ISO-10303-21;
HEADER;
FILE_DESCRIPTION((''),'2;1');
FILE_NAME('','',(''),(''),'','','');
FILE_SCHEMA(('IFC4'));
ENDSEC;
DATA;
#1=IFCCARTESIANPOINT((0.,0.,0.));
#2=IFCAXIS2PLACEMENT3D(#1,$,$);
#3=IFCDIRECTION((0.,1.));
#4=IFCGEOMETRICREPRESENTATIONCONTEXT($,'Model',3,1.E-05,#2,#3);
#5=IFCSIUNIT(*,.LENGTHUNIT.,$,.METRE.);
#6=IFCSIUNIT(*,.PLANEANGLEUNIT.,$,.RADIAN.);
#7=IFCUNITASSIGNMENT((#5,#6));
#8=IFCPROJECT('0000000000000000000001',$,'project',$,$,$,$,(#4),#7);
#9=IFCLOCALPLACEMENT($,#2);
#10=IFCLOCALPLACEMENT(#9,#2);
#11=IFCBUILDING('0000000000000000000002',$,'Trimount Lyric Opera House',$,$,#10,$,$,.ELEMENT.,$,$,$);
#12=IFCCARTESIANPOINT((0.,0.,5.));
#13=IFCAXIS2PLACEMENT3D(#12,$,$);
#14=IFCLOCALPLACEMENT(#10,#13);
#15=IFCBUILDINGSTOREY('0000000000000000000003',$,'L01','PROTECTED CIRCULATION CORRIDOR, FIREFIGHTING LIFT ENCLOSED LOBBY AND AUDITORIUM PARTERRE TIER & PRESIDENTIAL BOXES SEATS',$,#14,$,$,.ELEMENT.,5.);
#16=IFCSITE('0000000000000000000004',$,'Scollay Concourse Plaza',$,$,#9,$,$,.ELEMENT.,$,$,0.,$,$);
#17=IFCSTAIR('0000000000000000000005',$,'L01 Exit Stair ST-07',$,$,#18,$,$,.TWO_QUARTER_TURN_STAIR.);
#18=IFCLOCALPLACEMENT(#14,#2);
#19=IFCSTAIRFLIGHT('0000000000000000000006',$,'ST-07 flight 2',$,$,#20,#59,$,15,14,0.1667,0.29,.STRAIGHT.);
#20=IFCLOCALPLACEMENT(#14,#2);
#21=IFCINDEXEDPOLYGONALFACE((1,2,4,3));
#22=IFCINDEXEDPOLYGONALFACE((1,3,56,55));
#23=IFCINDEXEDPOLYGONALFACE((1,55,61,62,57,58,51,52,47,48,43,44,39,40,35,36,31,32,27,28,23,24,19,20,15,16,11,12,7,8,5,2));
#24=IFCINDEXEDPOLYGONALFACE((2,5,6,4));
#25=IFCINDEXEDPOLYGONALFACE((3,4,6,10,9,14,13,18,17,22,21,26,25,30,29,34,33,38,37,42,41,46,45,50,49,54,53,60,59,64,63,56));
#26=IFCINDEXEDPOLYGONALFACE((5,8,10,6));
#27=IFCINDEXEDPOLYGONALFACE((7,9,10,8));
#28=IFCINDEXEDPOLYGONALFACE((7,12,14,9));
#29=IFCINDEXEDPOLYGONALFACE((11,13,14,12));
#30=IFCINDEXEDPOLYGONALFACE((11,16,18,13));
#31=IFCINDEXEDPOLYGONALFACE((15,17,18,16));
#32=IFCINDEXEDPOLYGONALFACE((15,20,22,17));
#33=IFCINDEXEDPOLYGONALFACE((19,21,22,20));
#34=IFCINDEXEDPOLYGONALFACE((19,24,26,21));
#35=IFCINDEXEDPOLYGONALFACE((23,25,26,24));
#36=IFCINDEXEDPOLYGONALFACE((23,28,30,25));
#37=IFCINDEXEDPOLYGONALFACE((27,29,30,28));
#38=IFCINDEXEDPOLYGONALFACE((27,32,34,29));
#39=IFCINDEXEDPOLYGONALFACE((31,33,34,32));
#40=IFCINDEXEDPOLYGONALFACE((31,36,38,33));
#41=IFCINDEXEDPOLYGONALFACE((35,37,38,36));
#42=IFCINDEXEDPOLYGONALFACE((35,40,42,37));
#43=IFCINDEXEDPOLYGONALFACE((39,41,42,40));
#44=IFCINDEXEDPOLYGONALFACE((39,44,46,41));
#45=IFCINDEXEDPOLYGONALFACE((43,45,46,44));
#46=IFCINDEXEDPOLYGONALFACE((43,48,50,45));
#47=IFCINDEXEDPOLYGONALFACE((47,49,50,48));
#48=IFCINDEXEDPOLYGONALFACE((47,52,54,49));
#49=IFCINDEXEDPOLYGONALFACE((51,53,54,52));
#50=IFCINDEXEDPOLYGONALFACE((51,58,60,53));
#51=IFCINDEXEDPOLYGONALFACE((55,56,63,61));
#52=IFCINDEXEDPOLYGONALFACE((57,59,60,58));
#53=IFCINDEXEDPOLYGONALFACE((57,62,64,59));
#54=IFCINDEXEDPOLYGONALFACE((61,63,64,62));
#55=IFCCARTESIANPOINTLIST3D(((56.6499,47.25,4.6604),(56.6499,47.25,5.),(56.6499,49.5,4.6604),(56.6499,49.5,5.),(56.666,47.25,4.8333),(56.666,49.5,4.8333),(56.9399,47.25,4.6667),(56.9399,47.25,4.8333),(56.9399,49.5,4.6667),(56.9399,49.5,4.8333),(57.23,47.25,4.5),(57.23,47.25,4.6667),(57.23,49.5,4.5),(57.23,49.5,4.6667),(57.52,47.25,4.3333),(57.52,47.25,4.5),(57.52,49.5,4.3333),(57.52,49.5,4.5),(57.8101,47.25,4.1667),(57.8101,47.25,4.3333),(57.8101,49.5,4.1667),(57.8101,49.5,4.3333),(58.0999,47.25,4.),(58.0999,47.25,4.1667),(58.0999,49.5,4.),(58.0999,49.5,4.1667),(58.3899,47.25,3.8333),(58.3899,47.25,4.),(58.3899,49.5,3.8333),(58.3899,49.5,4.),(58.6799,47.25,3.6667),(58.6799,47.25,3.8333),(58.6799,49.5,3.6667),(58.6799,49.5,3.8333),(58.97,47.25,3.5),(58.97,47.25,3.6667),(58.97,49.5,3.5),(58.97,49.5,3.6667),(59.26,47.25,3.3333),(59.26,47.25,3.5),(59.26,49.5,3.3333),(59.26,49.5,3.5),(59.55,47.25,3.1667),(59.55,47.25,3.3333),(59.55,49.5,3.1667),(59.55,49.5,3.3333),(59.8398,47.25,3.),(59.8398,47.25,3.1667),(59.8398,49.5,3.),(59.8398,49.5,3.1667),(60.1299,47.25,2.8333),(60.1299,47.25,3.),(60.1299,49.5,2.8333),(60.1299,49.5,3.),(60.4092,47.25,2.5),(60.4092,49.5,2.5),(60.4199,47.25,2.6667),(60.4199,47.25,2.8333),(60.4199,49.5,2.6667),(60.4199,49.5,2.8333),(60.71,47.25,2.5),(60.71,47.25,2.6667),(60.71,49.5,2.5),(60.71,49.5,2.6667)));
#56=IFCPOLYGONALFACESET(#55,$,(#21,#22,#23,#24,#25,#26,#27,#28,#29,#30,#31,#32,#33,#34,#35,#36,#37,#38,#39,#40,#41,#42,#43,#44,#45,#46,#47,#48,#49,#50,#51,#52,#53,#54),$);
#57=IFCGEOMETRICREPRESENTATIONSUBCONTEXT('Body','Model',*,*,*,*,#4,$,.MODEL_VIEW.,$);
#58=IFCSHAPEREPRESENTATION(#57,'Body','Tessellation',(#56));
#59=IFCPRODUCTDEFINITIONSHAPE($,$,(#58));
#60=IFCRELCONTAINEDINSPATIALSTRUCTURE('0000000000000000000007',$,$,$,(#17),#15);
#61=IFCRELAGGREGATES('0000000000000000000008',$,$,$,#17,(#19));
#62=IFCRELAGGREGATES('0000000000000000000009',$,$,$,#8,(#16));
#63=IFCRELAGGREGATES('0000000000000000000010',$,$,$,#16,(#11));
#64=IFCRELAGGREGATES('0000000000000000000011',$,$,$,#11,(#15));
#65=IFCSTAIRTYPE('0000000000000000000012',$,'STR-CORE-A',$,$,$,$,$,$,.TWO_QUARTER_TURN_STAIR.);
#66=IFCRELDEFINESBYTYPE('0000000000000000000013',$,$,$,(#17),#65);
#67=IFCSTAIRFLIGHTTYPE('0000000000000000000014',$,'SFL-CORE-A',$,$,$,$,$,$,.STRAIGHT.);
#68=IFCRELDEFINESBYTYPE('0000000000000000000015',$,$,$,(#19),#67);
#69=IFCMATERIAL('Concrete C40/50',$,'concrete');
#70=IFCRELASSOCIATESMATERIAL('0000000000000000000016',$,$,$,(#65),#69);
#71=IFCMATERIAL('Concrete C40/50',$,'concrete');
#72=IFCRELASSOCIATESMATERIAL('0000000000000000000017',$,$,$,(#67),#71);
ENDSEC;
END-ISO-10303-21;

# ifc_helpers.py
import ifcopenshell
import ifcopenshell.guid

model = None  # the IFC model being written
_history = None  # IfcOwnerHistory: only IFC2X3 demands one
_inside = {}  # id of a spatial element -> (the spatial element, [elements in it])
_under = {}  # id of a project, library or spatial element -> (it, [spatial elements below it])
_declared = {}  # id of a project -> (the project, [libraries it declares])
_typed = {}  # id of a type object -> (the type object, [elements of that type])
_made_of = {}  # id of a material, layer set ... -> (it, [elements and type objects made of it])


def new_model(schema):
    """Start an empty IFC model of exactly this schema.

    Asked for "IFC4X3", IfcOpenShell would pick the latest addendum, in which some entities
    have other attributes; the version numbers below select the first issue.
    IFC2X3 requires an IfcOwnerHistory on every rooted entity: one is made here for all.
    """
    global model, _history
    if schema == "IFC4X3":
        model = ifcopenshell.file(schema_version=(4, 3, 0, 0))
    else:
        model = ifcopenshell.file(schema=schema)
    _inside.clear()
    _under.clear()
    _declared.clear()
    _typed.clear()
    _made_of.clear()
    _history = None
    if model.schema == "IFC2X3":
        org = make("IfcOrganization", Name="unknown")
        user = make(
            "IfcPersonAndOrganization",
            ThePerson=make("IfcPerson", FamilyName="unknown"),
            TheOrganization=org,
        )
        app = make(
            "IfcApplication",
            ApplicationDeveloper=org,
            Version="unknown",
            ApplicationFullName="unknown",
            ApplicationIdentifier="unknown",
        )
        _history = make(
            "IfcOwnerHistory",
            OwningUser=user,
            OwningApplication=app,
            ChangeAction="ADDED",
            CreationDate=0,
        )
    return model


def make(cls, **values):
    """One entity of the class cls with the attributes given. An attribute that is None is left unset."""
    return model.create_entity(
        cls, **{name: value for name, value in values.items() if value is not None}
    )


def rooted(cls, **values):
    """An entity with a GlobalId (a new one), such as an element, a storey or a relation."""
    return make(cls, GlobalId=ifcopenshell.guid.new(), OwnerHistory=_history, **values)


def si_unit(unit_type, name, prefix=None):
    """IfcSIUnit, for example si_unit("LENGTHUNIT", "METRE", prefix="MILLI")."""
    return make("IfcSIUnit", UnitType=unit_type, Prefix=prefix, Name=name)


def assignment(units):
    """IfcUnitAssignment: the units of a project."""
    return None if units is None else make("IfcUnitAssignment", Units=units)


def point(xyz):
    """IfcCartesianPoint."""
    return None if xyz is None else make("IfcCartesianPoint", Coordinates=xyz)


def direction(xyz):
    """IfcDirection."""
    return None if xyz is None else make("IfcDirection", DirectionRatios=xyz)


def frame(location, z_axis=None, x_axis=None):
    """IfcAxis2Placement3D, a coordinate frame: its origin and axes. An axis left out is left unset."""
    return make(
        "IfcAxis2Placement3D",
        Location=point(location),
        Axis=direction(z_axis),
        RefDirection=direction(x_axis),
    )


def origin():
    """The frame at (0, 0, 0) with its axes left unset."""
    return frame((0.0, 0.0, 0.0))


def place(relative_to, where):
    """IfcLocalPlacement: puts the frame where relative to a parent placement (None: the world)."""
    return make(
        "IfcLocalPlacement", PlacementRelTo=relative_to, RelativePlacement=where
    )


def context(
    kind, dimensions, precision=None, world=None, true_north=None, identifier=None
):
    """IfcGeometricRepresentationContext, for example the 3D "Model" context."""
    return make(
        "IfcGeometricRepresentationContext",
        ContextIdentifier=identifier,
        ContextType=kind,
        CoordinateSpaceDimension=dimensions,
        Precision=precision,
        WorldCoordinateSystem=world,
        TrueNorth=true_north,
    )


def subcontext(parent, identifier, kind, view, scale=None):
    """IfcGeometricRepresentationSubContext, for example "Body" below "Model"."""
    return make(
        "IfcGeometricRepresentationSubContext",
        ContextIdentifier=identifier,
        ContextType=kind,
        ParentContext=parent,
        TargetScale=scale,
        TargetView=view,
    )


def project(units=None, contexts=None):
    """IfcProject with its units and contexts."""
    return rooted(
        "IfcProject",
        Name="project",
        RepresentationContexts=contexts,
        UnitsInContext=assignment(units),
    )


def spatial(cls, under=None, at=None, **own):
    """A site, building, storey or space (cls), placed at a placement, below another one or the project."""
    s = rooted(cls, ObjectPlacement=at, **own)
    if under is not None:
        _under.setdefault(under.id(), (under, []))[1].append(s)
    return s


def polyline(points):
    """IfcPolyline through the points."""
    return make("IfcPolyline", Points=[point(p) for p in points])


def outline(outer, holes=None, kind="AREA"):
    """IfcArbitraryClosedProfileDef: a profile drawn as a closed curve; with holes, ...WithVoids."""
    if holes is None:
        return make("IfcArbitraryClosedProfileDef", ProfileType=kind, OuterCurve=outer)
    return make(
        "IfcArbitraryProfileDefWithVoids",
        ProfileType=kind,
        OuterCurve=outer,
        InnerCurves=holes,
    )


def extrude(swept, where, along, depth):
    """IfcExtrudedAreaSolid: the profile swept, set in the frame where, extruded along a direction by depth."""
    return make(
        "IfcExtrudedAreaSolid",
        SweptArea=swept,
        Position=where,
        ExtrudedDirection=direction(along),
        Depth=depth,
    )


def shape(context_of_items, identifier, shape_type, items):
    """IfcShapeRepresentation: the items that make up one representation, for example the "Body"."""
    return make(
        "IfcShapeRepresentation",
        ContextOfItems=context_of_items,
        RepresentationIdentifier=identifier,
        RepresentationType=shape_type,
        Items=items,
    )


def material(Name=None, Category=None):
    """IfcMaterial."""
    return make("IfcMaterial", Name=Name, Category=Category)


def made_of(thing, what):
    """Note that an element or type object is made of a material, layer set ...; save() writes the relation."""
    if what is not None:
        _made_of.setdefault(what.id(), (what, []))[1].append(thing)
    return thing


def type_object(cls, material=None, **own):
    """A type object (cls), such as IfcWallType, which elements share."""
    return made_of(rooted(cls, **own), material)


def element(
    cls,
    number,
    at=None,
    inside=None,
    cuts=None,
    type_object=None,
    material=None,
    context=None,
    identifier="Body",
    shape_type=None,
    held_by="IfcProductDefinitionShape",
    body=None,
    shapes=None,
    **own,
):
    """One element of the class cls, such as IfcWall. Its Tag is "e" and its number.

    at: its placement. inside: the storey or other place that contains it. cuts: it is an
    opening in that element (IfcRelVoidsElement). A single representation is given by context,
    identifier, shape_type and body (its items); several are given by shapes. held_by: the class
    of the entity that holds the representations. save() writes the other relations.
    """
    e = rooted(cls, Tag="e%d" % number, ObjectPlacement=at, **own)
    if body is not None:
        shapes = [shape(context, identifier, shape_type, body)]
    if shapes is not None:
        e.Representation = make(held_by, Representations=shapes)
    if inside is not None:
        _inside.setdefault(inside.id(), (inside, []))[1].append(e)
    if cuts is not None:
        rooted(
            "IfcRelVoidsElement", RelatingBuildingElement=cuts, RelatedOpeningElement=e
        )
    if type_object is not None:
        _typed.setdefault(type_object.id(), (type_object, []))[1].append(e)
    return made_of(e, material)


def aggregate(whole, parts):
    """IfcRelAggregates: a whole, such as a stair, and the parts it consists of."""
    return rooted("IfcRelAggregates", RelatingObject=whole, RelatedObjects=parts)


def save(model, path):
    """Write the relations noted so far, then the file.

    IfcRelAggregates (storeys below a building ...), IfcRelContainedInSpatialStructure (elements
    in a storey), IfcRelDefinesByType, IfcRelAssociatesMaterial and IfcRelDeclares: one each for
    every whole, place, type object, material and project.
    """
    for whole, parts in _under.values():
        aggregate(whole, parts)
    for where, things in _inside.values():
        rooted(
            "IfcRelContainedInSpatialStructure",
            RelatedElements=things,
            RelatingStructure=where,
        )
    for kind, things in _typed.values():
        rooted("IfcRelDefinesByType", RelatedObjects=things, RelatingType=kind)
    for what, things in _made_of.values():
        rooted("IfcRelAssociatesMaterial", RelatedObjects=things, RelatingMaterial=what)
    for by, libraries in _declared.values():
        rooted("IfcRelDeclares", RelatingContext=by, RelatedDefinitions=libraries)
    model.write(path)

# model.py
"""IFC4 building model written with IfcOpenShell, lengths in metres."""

from ifc_helpers import new_model, si_unit, direction, frame, origin, place, context, subcontext, project, spatial, polyline, outline, extrude, material, type_object, element, aggregate, save


model = new_model("IFC4")

# Units and contexts
model_context = context("Model", 3, precision=1e-05, world=origin(), true_north=direction((0.0, 1.0)))
body_context = subcontext(model_context, "Body", "Model", "MODEL_VIEW")
ifc_project = project(units=[si_unit("LENGTHUNIT", "METRE"), si_unit("PLANEANGLEUNIT", "RADIAN")], contexts=[model_context])

# Site, building, storey
site_placement = place(None, origin())
site = spatial("IfcSite", under=ifc_project, at=site_placement, Name="Scollay Concourse Plaza", CompositionType="ELEMENT", RefElevation=0.0)
building_placement = place(site_placement, origin())
building = spatial("IfcBuilding", under=site, at=building_placement, Name="Trimount Lyric Opera House", CompositionType="ELEMENT")
storey_placement = place(building_placement, frame((0.0, 0.0, 5.0)))
storey = spatial("IfcBuildingStorey", under=building, at=storey_placement, Name="L01", Description="PROTECTED CIRCULATION CORRIDOR, FIREFIGHTING LIFT ENCLOSED LOBBY AND AUDITORIUM PARTERRE TIER & PRESIDENTIAL BOXES SEATS", CompositionType="ELEMENT", Elevation=5.0)

# Stair, stair flight
ifc_material_1 = material(Name="Concrete C40/50", Category="concrete")
stair_type = type_object("IfcStairType", Name="STR-CORE-A", PredefinedType="TWO_QUARTER_TURN_STAIR", material=ifc_material_1)
stair_placement = place(storey_placement, origin())
stair = element("IfcStair", 1, at=stair_placement, inside=storey, type_object=stair_type, Name="L01 Exit Stair ST-07", PredefinedType="TWO_QUARTER_TURN_STAIR")
ifc_material_2 = material(Name="Concrete C40/50", Category="concrete")
stair_flight_type = type_object("IfcStairFlightType", Name="SFL-CORE-A", PredefinedType="STRAIGHT", material=ifc_material_2)
stair_flight_1_placement = place(storey_placement, frame((60.71, 48.375, 2.5), z_axis=(0.0, 0.0, 1.0), x_axis=(-1.0, 0.0, 0.0)))
stair_flight_1 = element("IfcStairFlight", 2, at=stair_flight_1_placement, type_object=stair_flight_type, Name="ST-07 flight 2", NumberOfRisers=15, NumberOfTreads=14, PredefinedType="STRAIGHT", RiserHeight=0.1667, TreadLength=0.29, context=body_context, shape_type="SweptSolid", body=[
    extrude(outline(polyline([(0.0, 0.0), (0.0, 0.1667), (0.29, 0.1667), (0.29, 0.3333), (0.5801, 0.3333), (0.5801, 0.5), (0.8701, 0.5), (0.8701, 0.6667), (1.1599, 0.6667), (1.1599, 0.8333), (1.45, 0.8333), (1.45, 1.0), (1.74, 1.0), (1.74, 1.1667), (2.03, 1.1667), (2.03, 1.3333), (2.3201, 1.3333), (2.3201, 1.5), (2.6101, 1.5), (2.6101, 1.6667), (2.8999, 1.6667), (2.8999, 1.8333), (3.1899, 1.8333), (3.1899, 2.0), (3.48, 2.0), (3.48, 2.1667), (3.77, 2.1667), (3.77, 2.3333), (4.0439, 2.3333), (4.0601, 2.5), (4.0601, 2.1604), (0.3008, 0.0), (0.0, 0.0)])), frame((0.0, 1.125, 0.0), z_axis=(0.0, -1.0, 0.0), x_axis=(1.0, 0.0, 0.0)), (0.0, 0.0, 1.0), 2.25),
])
aggregate(stair, [stair_flight_1])

save(model, "model.ifc")
